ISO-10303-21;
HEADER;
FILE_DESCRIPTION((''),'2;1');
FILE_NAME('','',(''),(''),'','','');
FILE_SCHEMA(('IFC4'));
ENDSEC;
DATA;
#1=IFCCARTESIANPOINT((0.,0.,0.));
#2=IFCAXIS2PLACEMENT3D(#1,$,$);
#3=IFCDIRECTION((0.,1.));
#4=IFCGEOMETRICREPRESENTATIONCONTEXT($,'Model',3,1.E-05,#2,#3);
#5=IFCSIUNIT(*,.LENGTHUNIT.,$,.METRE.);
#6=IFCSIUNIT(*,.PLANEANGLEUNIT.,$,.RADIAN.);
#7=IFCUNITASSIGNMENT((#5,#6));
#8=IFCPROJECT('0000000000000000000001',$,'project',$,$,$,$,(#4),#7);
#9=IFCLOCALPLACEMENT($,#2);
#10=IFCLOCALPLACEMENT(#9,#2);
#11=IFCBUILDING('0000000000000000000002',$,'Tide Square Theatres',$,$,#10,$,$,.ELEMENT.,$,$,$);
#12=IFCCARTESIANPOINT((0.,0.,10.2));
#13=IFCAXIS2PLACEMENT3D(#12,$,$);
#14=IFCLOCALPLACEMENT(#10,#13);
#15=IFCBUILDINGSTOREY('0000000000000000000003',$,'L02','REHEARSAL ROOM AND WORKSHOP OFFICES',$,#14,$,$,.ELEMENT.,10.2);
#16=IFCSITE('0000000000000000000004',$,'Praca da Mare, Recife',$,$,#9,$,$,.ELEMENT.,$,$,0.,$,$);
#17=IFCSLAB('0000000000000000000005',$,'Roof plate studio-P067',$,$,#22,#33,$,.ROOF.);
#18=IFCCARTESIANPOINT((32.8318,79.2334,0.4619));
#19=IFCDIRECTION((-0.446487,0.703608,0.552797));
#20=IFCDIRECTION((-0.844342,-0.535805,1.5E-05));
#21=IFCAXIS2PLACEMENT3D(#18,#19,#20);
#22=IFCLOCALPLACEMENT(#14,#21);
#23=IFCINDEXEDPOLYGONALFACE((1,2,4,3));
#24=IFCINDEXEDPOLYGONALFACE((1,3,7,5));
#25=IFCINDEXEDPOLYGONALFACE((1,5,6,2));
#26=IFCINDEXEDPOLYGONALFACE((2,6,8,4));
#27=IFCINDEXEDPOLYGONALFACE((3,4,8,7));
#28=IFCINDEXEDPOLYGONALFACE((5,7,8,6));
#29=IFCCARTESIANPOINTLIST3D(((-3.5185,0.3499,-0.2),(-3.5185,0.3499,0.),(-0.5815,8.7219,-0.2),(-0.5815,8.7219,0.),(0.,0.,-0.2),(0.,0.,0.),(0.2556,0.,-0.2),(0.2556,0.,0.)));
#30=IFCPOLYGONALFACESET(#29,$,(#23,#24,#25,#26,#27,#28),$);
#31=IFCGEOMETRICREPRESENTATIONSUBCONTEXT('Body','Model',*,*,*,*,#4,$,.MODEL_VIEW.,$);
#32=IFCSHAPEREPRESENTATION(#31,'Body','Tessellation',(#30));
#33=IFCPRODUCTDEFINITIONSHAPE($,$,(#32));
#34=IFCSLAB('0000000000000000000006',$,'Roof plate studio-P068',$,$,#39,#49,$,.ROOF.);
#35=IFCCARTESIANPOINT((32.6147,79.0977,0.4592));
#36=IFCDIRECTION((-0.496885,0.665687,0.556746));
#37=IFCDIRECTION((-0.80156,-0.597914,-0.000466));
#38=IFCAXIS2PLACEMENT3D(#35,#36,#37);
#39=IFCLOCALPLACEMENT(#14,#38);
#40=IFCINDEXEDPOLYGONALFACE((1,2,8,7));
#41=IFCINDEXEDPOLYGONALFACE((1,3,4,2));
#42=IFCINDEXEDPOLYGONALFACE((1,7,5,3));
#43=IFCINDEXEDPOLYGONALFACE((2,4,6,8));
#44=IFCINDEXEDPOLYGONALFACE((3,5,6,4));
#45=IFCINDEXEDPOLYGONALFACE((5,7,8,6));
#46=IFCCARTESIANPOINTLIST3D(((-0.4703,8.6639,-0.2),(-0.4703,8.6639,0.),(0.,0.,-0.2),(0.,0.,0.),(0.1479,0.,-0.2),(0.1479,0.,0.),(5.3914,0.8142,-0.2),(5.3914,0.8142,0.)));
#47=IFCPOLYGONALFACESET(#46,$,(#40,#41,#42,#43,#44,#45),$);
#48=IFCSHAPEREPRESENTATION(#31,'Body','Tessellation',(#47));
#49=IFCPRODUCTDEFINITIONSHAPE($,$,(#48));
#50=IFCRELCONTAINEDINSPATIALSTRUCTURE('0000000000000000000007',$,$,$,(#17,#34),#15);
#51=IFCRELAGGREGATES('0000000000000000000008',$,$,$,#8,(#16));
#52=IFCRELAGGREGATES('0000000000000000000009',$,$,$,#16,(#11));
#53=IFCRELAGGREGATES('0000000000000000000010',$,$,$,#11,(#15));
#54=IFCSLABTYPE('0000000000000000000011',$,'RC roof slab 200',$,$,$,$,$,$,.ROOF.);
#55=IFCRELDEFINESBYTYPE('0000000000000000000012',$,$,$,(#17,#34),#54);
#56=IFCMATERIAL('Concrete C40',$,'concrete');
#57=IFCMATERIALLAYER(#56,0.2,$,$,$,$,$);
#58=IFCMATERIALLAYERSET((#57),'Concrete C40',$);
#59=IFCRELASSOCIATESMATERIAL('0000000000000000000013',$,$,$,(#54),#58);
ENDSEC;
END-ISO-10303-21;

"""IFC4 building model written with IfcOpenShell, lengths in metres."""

from ifc_helpers import new_model, si_unit, direction, frame, origin, place, context, subcontext, project, spatial, polyline, outline, extrude, material, layer, layer_set, type_object, element, save


model = new_model("IFC4")

# Units and contexts
model_context = context("Model", 3, precision=1e-05, world=origin(), true_north=direction((0.0, 1.0)))
body_context = subcontext(model_context, "Body", "Model", "MODEL_VIEW")
ifc_project = project(units=[si_unit("LENGTHUNIT", "METRE"), si_unit("PLANEANGLEUNIT", "RADIAN")], contexts=[model_context])

# Site, building, storey
site_placement = place(None, origin())
site = spatial("IfcSite", under=ifc_project, at=site_placement, Name="Praca da Mare, Recife", CompositionType="ELEMENT", RefElevation=0.0)
building_placement = place(site_placement, origin())
building = spatial("IfcBuilding", under=site, at=building_placement, Name="Tide Square Theatres", CompositionType="ELEMENT")
storey_placement = place(building_placement, frame((0.0, 0.0, 10.2)))
storey = spatial("IfcBuildingStorey", under=building, at=storey_placement, Name="L02", Description="REHEARSAL ROOM AND WORKSHOP OFFICES", CompositionType="ELEMENT", Elevation=10.2)

# Slabs
ifc_material_1 = material(Name="Concrete C40", Category="concrete")
ifc_layer_1 = layer(ifc_material_1, 0.2)
ifc_layer_set_1 = layer_set([ifc_layer_1], Name="Concrete C40")
slab_type = type_object("IfcSlabType", Name="RC roof slab 200", PredefinedType="ROOF", material=ifc_layer_set_1)
slab_1_placement = place(storey_placement, frame((32.8318, 79.2334, 0.4619), z_axis=(-0.446487, 0.703608, 0.552797), x_axis=(-0.844342, -0.535805, 0.000015)))
element("IfcSlab", 1, at=slab_1_placement, inside=storey, type_object=slab_type, Name="Roof plate studio-P067", PredefinedType="ROOF", context=body_context, shape_type="SweptSolid", body=[
    extrude(outline(polyline([(0.0, 0.0), (0.2556, 0.0), (-0.5815, 8.7219), (-3.5185, 0.3499), (0.0, 0.0)])), origin(), (0.0, 0.0, -1.0), 0.2),
])
slab_2_placement = place(storey_placement, frame((32.6147, 79.0977, 0.4592), z_axis=(-0.496885, 0.665687, 0.556746), x_axis=(-0.80156, -0.597914, -0.000466)))
element("IfcSlab", 2, at=slab_2_placement, inside=storey, type_object=slab_type, Name="Roof plate studio-P068", PredefinedType="ROOF", context=body_context, shape_type="SweptSolid", body=[
    extrude(outline(polyline([(0.0, 0.0), (0.1479, 0.0), (5.3914, 0.8142), (-0.4703, 8.6639), (0.0, 0.0)])), origin(), (0.0, 0.0, -1.0), 0.2),
])

save(model, "model.ifc")
